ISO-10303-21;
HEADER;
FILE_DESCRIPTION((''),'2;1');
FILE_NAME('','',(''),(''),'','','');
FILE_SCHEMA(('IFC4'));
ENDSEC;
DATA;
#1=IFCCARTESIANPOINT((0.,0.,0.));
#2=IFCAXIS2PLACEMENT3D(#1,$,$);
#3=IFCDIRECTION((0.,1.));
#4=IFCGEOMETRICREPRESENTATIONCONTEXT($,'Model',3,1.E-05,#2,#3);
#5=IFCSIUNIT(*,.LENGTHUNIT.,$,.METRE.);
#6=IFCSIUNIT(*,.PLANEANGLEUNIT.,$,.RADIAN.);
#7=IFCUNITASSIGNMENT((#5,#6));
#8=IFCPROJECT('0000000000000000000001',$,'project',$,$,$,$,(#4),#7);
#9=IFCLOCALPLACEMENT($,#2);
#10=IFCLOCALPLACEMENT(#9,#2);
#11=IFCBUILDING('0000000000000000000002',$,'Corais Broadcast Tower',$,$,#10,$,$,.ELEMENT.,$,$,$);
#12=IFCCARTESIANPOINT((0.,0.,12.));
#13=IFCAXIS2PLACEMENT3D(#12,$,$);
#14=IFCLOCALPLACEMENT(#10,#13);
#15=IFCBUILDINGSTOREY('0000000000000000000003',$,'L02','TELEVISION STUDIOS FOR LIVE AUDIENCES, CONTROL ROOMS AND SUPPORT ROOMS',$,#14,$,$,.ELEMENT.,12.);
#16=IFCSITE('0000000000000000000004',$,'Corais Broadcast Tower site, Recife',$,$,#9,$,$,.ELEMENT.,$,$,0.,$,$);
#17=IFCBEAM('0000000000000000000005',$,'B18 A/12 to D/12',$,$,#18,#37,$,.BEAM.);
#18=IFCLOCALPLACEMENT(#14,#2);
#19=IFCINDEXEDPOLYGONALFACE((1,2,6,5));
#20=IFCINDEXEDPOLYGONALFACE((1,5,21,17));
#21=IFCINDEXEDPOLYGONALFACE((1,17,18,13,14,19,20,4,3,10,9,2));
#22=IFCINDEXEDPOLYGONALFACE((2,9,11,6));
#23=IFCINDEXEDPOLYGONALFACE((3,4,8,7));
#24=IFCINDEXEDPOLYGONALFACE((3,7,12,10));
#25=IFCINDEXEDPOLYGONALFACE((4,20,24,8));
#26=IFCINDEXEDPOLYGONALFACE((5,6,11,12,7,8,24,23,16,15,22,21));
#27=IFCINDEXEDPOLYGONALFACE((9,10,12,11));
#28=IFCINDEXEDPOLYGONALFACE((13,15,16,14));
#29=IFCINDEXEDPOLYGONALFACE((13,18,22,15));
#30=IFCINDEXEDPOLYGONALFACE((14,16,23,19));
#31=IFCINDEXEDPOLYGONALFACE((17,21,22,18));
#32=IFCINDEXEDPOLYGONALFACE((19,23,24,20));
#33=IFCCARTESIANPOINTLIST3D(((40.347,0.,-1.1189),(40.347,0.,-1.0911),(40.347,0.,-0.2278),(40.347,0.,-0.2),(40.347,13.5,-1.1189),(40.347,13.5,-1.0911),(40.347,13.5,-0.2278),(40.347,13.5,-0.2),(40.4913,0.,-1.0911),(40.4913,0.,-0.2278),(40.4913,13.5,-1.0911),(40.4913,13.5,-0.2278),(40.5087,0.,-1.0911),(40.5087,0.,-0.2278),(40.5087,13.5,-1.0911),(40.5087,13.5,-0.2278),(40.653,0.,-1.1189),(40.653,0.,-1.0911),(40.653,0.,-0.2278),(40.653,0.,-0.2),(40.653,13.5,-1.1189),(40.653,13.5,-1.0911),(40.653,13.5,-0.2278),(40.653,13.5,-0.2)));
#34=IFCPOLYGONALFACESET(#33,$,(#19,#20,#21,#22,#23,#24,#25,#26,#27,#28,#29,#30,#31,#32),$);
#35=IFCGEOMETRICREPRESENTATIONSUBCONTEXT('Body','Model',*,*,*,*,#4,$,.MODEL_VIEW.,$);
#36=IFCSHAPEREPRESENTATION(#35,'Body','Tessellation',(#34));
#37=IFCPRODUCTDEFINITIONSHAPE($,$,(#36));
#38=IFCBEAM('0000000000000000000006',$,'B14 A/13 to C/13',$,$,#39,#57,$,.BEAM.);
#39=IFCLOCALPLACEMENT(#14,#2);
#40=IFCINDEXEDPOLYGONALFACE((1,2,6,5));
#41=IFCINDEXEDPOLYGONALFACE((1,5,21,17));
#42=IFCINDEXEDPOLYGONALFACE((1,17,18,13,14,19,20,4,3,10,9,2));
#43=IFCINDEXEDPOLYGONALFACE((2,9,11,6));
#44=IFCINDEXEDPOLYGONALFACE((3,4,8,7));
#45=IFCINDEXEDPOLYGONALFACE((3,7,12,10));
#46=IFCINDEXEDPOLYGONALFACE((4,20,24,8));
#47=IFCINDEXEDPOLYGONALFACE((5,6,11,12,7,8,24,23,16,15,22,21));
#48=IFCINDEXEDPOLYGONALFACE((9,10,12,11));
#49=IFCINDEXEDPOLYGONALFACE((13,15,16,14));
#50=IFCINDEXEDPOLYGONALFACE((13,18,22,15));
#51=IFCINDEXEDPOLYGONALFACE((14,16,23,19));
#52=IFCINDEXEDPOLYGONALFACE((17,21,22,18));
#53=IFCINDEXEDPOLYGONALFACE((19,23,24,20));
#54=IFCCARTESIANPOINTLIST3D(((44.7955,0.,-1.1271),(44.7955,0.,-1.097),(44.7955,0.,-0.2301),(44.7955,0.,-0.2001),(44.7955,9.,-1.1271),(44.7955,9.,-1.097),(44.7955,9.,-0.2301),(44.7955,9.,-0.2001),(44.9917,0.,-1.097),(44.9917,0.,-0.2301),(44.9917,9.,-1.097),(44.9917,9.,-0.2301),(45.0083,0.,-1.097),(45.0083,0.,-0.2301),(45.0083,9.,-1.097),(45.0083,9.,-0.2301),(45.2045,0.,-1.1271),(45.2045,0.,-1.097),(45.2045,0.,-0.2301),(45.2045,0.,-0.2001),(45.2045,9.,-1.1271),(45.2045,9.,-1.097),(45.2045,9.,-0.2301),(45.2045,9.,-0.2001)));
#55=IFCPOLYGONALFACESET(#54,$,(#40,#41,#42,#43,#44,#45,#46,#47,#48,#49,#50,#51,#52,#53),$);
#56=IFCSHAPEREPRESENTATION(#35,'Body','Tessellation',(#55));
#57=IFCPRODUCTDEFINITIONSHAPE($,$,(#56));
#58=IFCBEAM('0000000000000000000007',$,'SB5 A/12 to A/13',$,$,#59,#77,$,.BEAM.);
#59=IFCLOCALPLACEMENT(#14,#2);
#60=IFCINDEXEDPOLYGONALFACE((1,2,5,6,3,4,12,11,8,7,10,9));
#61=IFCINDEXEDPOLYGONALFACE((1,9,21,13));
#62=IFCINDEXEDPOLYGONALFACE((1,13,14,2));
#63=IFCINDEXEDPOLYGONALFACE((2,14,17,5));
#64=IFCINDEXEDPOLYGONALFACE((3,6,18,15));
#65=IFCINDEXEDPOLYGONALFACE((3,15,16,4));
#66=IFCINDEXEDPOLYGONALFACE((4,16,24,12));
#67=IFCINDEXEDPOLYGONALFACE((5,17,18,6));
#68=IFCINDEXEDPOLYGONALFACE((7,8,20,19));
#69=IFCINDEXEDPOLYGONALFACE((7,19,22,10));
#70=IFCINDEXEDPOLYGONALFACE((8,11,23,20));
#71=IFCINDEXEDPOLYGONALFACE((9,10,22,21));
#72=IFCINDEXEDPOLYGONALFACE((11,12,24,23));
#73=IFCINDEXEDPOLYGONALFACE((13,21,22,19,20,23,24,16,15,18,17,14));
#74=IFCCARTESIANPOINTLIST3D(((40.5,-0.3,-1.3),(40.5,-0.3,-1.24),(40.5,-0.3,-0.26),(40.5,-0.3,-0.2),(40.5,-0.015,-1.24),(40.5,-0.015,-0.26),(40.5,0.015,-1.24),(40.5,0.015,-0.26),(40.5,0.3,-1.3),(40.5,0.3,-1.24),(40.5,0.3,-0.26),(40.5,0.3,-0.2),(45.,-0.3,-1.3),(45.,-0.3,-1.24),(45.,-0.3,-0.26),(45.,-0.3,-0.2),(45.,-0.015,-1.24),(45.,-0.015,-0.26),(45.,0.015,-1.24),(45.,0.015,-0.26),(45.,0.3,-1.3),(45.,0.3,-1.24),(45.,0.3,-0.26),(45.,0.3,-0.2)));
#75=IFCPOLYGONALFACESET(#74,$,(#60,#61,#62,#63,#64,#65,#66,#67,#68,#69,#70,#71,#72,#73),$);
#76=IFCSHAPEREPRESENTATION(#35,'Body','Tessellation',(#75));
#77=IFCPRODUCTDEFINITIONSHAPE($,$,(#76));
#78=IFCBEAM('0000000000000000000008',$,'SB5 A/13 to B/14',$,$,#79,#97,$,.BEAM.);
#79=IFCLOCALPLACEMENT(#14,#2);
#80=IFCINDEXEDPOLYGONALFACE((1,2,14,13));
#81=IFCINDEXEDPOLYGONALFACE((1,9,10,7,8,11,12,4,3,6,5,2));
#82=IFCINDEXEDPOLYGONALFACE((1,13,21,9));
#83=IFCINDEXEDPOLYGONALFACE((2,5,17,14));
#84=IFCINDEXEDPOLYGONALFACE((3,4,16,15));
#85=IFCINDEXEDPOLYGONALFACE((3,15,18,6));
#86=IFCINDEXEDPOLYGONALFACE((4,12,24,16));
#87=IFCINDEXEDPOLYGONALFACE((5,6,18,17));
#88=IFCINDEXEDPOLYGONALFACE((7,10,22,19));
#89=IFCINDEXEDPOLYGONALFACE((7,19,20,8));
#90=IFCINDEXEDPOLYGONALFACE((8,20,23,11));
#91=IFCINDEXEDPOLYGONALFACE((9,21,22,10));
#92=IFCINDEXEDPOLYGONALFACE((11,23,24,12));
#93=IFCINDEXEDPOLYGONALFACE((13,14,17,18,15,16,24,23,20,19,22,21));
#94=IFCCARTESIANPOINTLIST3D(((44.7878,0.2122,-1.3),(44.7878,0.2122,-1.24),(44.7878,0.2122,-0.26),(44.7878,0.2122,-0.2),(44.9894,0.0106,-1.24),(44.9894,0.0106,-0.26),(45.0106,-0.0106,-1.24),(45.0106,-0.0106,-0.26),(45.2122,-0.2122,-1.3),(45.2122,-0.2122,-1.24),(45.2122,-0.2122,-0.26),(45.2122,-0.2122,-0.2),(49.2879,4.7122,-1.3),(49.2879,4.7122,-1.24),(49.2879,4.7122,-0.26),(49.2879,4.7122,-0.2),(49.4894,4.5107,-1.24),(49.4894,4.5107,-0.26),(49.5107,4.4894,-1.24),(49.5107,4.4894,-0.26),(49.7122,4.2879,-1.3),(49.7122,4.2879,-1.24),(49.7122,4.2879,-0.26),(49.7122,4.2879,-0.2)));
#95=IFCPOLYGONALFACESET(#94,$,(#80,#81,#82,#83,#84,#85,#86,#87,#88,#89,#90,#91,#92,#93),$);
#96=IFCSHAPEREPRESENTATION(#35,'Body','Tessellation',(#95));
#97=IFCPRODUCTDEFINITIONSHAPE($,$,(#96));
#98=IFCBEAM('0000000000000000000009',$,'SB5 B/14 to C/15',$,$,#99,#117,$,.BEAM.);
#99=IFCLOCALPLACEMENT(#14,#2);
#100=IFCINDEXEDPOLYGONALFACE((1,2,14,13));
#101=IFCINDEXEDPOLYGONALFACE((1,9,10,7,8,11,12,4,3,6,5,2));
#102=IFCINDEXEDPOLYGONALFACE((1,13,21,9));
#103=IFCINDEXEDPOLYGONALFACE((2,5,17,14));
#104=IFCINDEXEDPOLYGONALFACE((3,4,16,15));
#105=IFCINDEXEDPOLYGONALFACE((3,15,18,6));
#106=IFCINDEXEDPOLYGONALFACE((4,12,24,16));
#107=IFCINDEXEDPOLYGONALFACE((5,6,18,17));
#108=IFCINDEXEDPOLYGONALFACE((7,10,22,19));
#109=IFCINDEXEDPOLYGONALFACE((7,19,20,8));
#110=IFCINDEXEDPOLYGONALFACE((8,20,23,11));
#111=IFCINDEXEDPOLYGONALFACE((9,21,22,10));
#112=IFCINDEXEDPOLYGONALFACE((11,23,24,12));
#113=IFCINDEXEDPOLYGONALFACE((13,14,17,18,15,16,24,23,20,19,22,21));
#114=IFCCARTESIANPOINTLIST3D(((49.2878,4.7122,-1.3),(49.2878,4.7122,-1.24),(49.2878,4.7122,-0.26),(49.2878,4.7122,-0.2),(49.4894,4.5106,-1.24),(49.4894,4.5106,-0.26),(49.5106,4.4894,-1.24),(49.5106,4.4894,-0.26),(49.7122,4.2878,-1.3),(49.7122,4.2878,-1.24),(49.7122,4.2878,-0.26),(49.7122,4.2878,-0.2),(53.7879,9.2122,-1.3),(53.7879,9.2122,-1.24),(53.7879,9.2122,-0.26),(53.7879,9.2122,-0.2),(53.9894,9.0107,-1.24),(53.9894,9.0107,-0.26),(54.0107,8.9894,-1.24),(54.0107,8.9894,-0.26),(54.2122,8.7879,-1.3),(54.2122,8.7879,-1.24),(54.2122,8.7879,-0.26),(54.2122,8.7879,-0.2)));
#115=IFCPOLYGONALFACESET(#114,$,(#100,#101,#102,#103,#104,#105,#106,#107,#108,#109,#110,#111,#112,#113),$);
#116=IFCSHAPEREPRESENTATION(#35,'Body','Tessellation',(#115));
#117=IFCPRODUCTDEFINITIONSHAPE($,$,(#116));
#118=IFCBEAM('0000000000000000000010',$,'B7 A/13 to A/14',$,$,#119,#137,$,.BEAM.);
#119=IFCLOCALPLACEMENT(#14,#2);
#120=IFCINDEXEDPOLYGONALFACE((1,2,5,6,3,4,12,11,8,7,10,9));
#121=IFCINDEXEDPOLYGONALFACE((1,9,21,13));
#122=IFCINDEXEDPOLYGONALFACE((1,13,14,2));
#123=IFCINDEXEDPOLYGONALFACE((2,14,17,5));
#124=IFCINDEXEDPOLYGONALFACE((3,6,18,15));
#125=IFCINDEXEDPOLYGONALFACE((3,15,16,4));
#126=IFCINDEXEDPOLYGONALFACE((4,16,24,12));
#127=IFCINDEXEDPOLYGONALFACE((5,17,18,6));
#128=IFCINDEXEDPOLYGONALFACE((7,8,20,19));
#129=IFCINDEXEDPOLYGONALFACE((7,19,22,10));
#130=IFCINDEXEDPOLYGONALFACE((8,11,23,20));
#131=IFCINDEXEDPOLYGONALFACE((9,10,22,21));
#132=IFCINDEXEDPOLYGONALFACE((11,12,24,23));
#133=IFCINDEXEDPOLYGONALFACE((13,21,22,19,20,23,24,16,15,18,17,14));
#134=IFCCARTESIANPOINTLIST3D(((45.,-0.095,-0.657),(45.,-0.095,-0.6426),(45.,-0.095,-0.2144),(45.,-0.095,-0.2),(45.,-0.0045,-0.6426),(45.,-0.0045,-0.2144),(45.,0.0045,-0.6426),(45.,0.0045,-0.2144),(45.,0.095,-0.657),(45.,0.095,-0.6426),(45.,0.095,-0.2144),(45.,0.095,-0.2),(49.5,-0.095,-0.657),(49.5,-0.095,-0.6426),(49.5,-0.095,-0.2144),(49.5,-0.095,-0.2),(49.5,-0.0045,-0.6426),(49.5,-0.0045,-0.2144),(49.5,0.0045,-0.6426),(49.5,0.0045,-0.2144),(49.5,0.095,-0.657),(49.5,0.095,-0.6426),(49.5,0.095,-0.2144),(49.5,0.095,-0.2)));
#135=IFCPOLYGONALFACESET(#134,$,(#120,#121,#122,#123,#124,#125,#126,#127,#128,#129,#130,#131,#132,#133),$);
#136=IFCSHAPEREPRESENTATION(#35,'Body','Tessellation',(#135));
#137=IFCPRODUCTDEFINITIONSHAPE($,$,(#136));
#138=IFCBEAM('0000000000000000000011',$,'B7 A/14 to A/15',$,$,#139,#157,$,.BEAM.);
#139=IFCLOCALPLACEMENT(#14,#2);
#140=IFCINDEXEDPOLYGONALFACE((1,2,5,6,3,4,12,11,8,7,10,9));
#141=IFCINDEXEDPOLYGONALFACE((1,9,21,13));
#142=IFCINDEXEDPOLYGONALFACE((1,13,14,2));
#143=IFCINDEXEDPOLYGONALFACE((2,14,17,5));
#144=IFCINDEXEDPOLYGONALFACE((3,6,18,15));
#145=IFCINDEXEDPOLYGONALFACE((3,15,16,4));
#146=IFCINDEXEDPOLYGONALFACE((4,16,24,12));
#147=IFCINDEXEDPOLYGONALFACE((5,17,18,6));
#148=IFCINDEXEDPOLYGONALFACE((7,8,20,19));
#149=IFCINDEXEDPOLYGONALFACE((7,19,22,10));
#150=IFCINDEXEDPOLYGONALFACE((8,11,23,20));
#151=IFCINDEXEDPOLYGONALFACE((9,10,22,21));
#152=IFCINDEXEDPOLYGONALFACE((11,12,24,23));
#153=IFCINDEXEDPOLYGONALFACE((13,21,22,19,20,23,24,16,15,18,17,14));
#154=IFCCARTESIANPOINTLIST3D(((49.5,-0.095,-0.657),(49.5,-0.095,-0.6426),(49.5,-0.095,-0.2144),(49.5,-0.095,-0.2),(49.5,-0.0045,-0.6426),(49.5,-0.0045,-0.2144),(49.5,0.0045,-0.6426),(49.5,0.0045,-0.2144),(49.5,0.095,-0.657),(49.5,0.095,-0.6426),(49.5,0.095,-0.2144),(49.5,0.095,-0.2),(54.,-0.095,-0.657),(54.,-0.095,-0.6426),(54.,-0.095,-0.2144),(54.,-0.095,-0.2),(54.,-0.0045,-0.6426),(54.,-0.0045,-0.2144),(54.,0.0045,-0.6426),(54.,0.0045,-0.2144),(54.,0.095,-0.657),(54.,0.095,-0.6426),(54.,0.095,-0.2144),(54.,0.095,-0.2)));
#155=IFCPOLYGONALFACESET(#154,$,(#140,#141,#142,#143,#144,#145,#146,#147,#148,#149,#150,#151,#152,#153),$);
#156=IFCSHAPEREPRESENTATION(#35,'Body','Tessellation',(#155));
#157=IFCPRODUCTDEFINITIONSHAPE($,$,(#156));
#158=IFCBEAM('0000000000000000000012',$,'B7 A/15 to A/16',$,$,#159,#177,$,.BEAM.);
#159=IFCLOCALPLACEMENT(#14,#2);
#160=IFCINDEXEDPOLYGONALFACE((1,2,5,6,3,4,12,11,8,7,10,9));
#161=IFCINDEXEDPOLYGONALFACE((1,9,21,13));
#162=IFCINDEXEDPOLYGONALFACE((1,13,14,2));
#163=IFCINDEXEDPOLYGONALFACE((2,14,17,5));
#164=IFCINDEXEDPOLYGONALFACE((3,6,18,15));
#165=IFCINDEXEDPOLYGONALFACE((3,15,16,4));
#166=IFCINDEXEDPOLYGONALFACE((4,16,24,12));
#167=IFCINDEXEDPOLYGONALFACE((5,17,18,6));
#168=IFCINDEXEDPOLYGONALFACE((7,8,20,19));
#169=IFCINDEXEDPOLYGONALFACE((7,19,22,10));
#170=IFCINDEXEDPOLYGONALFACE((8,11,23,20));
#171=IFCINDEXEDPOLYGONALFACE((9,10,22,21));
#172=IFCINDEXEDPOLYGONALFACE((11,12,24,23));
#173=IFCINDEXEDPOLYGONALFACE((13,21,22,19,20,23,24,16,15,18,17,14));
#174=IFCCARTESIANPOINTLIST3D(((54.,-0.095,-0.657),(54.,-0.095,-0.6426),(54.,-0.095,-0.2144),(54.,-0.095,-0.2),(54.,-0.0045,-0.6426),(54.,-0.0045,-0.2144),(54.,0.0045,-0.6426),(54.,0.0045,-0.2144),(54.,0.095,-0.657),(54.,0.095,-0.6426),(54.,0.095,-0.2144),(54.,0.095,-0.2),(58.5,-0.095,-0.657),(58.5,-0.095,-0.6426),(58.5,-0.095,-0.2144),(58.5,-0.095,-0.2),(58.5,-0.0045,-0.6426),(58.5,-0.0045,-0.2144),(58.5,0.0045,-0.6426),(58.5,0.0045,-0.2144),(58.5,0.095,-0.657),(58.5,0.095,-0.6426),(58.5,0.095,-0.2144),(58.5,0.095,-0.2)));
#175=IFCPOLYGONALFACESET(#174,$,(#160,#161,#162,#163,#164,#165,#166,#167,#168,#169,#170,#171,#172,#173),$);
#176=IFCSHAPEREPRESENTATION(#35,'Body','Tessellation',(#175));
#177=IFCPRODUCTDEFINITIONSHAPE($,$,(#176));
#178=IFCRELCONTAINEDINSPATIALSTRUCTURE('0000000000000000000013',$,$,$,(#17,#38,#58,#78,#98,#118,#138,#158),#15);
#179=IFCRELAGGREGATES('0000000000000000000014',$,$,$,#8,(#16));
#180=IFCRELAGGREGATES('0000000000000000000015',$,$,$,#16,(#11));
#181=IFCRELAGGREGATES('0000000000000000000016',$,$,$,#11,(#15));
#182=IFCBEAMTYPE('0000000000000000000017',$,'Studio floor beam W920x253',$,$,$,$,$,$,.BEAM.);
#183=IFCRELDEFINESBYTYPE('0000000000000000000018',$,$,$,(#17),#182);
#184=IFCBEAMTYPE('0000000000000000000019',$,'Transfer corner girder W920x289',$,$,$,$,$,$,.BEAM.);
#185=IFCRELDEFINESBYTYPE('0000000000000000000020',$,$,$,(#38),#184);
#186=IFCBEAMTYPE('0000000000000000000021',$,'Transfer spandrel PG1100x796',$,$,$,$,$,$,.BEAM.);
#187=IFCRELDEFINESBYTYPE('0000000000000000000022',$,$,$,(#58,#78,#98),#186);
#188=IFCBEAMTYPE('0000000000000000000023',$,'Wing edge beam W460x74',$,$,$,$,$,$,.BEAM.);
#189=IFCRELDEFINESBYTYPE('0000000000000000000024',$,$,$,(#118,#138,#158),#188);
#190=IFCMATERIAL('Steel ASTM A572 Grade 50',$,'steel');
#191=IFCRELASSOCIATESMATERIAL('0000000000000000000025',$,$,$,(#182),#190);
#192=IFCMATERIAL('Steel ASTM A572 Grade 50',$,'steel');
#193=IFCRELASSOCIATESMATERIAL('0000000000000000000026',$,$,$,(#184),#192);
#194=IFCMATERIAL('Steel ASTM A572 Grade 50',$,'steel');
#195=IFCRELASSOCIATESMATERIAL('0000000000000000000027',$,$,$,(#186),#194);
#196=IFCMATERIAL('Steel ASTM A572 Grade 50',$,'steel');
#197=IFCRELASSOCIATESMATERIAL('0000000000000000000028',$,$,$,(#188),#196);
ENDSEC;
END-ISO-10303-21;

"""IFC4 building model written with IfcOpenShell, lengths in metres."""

from ifc_helpers import new_model, si_unit, direction, frame, origin, origin_2d, place, context, subcontext, project, spatial, i_section, extrude, material, material_profile, profile_set, type_object, element, save


model = new_model("IFC4")

# Units and contexts
model_context = context("Model", 3, precision=1e-05, world=origin(), true_north=direction((0.0, 1.0)))
body_context = subcontext(model_context, "Body", "Model", "MODEL_VIEW")
ifc_project = project(units=[si_unit("LENGTHUNIT", "METRE"), si_unit("PLANEANGLEUNIT", "RADIAN")], contexts=[model_context])

# Site, building, storey
site_placement = place(None, origin())
site = spatial("IfcSite", under=ifc_project, at=site_placement, Name="Corais Broadcast Tower site, Recife", CompositionType="ELEMENT", RefElevation=0.0)
building_placement = place(site_placement, origin())
building = spatial("IfcBuilding", under=site, at=building_placement, Name="Corais Broadcast Tower", CompositionType="ELEMENT")
storey_placement = place(building_placement, frame((0.0, 0.0, 12.0)))
storey = spatial("IfcBuildingStorey", under=building, at=storey_placement, Name="L02", Description="TELEVISION STUDIOS FOR LIVE AUDIENCES, CONTROL ROOMS AND SUPPORT ROOMS", CompositionType="ELEMENT", Elevation=12.0)

# Beams
ifc_material_1 = material(Name="Steel ASTM A572 Grade 50", Category="steel")
ifc_material_profile_1 = material_profile(ifc_material_1, i_section(OverallWidth=0.3059, OverallDepth=0.9189, WebThickness=0.0173, FlangeThickness=0.0278, at=origin_2d()), Name="W920x253")
ifc_profile_set_1 = profile_set([ifc_material_profile_1], Name="Steel ASTM A572 Grade 50")
beam_type_1 = type_object("IfcBeamType", Name="Studio floor beam W920x253", PredefinedType="BEAM", material=ifc_profile_set_1)
beam_1_placement = place(storey_placement, frame((40.5, 0.0, -0.6594), z_axis=(0.0, 1.0, 0.0), x_axis=(-1.0, 0.0, 0.0)))
element("IfcBeam", 1, at=beam_1_placement, inside=storey, type_object=beam_type_1, Name="B18 A/12 to D/12", PredefinedType="BEAM", context=body_context, shape_type="SweptSolid", body=[
    extrude(i_section(OverallWidth=0.3059, OverallDepth=0.9189, WebThickness=0.0173, FlangeThickness=0.0278, at=origin_2d()), origin(), (0.0, 0.0, 1.0), 13.5),
])
ifc_material_2 = material(Name="Steel ASTM A572 Grade 50", Category="steel")
ifc_material_profile_2 = material_profile(ifc_material_2, i_section(OverallWidth=0.4089, OverallDepth=0.927, WebThickness=0.0166, FlangeThickness=0.03, at=origin_2d()), Name="W920x289")
ifc_profile_set_2 = profile_set([ifc_material_profile_2], Name="Steel ASTM A572 Grade 50")
beam_type_2 = type_object("IfcBeamType", Name="Transfer corner girder W920x289", PredefinedType="BEAM", material=ifc_profile_set_2)
beam_2_placement = place(storey_placement, frame((45.0, 0.0, -0.6636), z_axis=(0.0, 1.0, 0.0), x_axis=(-1.0, 0.0, 0.0)))
element("IfcBeam", 2, at=beam_2_placement, inside=storey, type_object=beam_type_2, Name="B14 A/13 to C/13", PredefinedType="BEAM", context=body_context, shape_type="SweptSolid", body=[
    extrude(i_section(OverallWidth=0.4089, OverallDepth=0.927, WebThickness=0.0166, FlangeThickness=0.03, at=origin_2d()), origin(), (0.0, 0.0, 1.0), 9.0),
])
ifc_material_3 = material(Name="Steel ASTM A572 Grade 50", Category="steel")
ifc_material_profile_3 = material_profile(ifc_material_3, i_section(OverallWidth=0.6001, OverallDepth=1.1001, WebThickness=0.03, FlangeThickness=0.0601, at=origin_2d()), Name="PG1100x796")
ifc_profile_set_3 = profile_set([ifc_material_profile_3], Name="Steel ASTM A572 Grade 50")
beam_type_3 = type_object("IfcBeamType", Name="Transfer spandrel PG1100x796", PredefinedType="BEAM", material=ifc_profile_set_3)
beam_3_placement = place(storey_placement, frame((40.5, 0.0, -0.75), z_axis=(1.0, 0.0, 0.0), x_axis=(0.0, 1.0, 0.0)))
element("IfcBeam", 3, at=beam_3_placement, inside=storey, type_object=beam_type_3, Name="SB5 A/12 to A/13", PredefinedType="BEAM", context=body_context, shape_type="SweptSolid", body=[
    extrude(i_section(OverallWidth=0.6001, OverallDepth=1.1001, WebThickness=0.03, FlangeThickness=0.0601, at=origin_2d()), origin(), (0.0, 0.0, 1.0), 4.5),
])
for number, where, z_axis, x_axis, name in (
    (4, (45.0, 0.0, -0.75), (0.707107, 0.707107, 0.0), (-0.707107, 0.707107, 0.0), "SB5 A/13 to B/14"),
    (5, (49.5, 4.5, -0.75), (0.707107, 0.707107, 0.0), (-0.707107, 0.707107, 0.0), "SB5 B/14 to C/15"),
):
    element("IfcBeam", number, at=place(storey_placement, frame(where, z_axis=z_axis, x_axis=x_axis)), inside=storey, type_object=beam_type_3, Name=name, PredefinedType="BEAM", context=body_context, shape_type="SweptSolid", body=[
        extrude(i_section(OverallWidth=0.6001, OverallDepth=1.1001, WebThickness=0.03, FlangeThickness=0.0601, at=origin_2d()), origin(), (0.0, 0.0, 1.0), 6.364),
    ])
ifc_material_4 = material(Name="Steel ASTM A572 Grade 50", Category="steel")
ifc_material_profile_4 = material_profile(ifc_material_4, i_section(OverallWidth=0.1899, OverallDepth=0.457, WebThickness=0.009, FlangeThickness=0.0144, at=origin_2d()), Name="W460x74")
ifc_profile_set_4 = profile_set([ifc_material_profile_4], Name="Steel ASTM A572 Grade 50")
beam_type_4 = type_object("IfcBeamType", Name="Wing edge beam W460x74", PredefinedType="BEAM", material=ifc_profile_set_4)
for number, where, z_axis, x_axis, name in (
    (6, (45.0, 0.0, -0.4285), (1.0, 0.0, 0.0), (0.0, 1.0, 0.0), "B7 A/13 to A/14"),
    (7, (49.5, 0.0, -0.4285), (1.0, 0.0, 0.0), (0.0, 1.0, 0.0), "B7 A/14 to A/15"),
    (8, (54.0, 0.0, -0.4285), (1.0, 0.0, 0.0), (0.0, 1.0, 0.0), "B7 A/15 to A/16"),
):
    element("IfcBeam", number, at=place(storey_placement, frame(where, z_axis=z_axis, x_axis=x_axis)), inside=storey, type_object=beam_type_4, Name=name, PredefinedType="BEAM", context=body_context, shape_type="SweptSolid", body=[
        extrude(i_section(OverallWidth=0.1899, OverallDepth=0.457, WebThickness=0.009, FlangeThickness=0.0144, at=origin_2d()), origin(), (0.0, 0.0, 1.0), 4.5),
    ])

save(model, "model.ifc")
